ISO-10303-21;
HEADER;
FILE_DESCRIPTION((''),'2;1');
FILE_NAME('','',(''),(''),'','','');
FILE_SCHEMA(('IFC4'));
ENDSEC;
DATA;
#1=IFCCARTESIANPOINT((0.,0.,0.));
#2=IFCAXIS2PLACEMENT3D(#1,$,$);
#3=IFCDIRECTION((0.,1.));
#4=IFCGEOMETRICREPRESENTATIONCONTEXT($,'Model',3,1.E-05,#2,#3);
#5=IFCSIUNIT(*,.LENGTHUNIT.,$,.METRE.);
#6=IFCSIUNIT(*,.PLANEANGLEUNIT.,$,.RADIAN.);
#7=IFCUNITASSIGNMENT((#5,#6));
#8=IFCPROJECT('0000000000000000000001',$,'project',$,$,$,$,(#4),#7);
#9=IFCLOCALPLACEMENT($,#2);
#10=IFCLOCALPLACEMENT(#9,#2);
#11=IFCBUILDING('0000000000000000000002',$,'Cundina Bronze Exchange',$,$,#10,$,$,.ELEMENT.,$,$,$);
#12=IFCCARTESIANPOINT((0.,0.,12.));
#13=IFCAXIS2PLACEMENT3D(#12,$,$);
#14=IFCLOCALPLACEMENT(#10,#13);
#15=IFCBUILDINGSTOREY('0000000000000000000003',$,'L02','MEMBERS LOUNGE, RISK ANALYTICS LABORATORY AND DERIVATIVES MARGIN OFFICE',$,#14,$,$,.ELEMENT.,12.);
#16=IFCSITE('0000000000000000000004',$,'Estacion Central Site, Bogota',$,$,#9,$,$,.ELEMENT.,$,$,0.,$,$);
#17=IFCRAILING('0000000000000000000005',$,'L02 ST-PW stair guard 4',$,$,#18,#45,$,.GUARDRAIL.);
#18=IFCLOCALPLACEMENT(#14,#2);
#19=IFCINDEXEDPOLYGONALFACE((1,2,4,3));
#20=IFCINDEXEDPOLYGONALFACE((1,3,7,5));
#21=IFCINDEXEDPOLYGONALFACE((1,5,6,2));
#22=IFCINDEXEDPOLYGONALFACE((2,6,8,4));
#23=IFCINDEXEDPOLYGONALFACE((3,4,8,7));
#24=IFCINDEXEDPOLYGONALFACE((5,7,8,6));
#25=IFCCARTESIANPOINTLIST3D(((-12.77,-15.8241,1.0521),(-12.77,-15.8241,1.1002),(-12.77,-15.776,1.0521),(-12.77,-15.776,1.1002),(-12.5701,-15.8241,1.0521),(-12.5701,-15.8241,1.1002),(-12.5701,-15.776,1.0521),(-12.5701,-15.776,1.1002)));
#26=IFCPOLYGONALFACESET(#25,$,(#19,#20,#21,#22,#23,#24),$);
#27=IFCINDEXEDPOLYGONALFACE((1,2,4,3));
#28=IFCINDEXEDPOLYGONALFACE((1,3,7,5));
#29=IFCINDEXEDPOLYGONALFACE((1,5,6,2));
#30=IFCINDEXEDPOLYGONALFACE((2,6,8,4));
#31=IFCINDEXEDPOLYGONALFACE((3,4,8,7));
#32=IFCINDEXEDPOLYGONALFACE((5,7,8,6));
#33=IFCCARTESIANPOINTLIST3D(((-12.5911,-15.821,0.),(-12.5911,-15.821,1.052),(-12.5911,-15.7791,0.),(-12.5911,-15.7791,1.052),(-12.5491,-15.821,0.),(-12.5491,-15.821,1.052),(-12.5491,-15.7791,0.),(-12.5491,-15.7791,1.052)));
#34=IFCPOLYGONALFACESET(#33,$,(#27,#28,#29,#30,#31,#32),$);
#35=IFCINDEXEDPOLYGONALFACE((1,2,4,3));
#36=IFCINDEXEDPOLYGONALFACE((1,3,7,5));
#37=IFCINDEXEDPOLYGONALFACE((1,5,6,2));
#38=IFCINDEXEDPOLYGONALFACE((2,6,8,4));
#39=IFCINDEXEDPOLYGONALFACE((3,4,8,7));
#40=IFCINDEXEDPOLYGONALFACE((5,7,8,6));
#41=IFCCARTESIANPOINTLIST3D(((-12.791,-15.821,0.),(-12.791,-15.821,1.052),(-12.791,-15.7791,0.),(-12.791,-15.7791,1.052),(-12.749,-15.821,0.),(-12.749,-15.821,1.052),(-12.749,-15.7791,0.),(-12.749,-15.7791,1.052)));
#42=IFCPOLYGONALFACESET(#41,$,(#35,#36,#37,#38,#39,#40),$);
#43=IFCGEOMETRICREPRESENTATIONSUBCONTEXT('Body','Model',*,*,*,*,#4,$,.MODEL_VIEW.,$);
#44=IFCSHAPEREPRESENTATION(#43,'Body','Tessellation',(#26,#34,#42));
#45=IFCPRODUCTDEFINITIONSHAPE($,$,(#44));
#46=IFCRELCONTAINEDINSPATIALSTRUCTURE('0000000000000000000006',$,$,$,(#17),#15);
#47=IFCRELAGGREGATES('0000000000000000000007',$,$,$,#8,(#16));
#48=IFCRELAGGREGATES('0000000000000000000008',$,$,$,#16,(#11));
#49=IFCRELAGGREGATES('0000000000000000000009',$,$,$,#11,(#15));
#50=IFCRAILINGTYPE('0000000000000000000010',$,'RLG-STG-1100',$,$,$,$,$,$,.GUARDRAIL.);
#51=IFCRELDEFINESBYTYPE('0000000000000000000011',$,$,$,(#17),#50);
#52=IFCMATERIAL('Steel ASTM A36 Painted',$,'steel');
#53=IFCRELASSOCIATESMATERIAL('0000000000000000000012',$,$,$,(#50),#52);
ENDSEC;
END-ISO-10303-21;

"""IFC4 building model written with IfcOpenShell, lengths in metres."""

from ifc_helpers import new_model, si_unit, direction, frame, origin, origin_2d, place, context, subcontext, project, spatial, rectangle, extrude, material, type_object, element, save


model = new_model("IFC4")

# Units and contexts
model_context = context("Model", 3, precision=1e-05, world=origin(), true_north=direction((0.0, 1.0)))
body_context = subcontext(model_context, "Body", "Model", "MODEL_VIEW")
ifc_project = project(units=[si_unit("LENGTHUNIT", "METRE"), si_unit("PLANEANGLEUNIT", "RADIAN")], contexts=[model_context])

# Site, building, storey
site_placement = place(None, origin())
site = spatial("IfcSite", under=ifc_project, at=site_placement, Name="Estacion Central Site, Bogota", CompositionType="ELEMENT", RefElevation=0.0)
building_placement = place(site_placement, origin())
building = spatial("IfcBuilding", under=site, at=building_placement, Name="Cundina Bronze Exchange", CompositionType="ELEMENT")
storey_placement = place(building_placement, frame((0.0, 0.0, 12.0)))
storey = spatial("IfcBuildingStorey", under=building, at=storey_placement, Name="L02", Description="MEMBERS LOUNGE, RISK ANALYTICS LABORATORY AND DERIVATIVES MARGIN OFFICE", CompositionType="ELEMENT", Elevation=12.0)

# Shared definitions
ifc_material_1 = material(Name="Steel ASTM A36 Painted", Category="steel")

# Railing
railing_type_1 = type_object("IfcRailingType", Name="RLG-STG-1100", PredefinedType="GUARDRAIL", material=ifc_material_1)
railing_1_placement = place(storey_placement, frame((-12.5701, -15.8, 0.0)))
element("IfcRailing", 1, at=railing_1_placement, inside=storey, type_object=railing_type_1, Name="L02 ST-PW stair guard 4", PredefinedType="GUARDRAIL", context=body_context, shape_type="SweptSolid", body=[
    extrude(rectangle(XDim=0.0481, YDim=0.0481, at=origin_2d()), frame((0.0, 0.0, 1.0762), z_axis=(-1.0, 0.0, 0.0), x_axis=(0.0, -1.0, 0.0)), (0.0, 0.0, 1.0), 0.2),
    extrude(rectangle(XDim=0.042, YDim=0.042, at=origin_2d()), origin(), (0.0, 0.0, 1.0), 1.052),
    extrude(rectangle(XDim=0.042, YDim=0.042, at=origin_2d()), frame((-0.2, 0.0, 0.0)), (0.0, 0.0, 1.0), 1.052),
])

save(model, "model.ifc")
